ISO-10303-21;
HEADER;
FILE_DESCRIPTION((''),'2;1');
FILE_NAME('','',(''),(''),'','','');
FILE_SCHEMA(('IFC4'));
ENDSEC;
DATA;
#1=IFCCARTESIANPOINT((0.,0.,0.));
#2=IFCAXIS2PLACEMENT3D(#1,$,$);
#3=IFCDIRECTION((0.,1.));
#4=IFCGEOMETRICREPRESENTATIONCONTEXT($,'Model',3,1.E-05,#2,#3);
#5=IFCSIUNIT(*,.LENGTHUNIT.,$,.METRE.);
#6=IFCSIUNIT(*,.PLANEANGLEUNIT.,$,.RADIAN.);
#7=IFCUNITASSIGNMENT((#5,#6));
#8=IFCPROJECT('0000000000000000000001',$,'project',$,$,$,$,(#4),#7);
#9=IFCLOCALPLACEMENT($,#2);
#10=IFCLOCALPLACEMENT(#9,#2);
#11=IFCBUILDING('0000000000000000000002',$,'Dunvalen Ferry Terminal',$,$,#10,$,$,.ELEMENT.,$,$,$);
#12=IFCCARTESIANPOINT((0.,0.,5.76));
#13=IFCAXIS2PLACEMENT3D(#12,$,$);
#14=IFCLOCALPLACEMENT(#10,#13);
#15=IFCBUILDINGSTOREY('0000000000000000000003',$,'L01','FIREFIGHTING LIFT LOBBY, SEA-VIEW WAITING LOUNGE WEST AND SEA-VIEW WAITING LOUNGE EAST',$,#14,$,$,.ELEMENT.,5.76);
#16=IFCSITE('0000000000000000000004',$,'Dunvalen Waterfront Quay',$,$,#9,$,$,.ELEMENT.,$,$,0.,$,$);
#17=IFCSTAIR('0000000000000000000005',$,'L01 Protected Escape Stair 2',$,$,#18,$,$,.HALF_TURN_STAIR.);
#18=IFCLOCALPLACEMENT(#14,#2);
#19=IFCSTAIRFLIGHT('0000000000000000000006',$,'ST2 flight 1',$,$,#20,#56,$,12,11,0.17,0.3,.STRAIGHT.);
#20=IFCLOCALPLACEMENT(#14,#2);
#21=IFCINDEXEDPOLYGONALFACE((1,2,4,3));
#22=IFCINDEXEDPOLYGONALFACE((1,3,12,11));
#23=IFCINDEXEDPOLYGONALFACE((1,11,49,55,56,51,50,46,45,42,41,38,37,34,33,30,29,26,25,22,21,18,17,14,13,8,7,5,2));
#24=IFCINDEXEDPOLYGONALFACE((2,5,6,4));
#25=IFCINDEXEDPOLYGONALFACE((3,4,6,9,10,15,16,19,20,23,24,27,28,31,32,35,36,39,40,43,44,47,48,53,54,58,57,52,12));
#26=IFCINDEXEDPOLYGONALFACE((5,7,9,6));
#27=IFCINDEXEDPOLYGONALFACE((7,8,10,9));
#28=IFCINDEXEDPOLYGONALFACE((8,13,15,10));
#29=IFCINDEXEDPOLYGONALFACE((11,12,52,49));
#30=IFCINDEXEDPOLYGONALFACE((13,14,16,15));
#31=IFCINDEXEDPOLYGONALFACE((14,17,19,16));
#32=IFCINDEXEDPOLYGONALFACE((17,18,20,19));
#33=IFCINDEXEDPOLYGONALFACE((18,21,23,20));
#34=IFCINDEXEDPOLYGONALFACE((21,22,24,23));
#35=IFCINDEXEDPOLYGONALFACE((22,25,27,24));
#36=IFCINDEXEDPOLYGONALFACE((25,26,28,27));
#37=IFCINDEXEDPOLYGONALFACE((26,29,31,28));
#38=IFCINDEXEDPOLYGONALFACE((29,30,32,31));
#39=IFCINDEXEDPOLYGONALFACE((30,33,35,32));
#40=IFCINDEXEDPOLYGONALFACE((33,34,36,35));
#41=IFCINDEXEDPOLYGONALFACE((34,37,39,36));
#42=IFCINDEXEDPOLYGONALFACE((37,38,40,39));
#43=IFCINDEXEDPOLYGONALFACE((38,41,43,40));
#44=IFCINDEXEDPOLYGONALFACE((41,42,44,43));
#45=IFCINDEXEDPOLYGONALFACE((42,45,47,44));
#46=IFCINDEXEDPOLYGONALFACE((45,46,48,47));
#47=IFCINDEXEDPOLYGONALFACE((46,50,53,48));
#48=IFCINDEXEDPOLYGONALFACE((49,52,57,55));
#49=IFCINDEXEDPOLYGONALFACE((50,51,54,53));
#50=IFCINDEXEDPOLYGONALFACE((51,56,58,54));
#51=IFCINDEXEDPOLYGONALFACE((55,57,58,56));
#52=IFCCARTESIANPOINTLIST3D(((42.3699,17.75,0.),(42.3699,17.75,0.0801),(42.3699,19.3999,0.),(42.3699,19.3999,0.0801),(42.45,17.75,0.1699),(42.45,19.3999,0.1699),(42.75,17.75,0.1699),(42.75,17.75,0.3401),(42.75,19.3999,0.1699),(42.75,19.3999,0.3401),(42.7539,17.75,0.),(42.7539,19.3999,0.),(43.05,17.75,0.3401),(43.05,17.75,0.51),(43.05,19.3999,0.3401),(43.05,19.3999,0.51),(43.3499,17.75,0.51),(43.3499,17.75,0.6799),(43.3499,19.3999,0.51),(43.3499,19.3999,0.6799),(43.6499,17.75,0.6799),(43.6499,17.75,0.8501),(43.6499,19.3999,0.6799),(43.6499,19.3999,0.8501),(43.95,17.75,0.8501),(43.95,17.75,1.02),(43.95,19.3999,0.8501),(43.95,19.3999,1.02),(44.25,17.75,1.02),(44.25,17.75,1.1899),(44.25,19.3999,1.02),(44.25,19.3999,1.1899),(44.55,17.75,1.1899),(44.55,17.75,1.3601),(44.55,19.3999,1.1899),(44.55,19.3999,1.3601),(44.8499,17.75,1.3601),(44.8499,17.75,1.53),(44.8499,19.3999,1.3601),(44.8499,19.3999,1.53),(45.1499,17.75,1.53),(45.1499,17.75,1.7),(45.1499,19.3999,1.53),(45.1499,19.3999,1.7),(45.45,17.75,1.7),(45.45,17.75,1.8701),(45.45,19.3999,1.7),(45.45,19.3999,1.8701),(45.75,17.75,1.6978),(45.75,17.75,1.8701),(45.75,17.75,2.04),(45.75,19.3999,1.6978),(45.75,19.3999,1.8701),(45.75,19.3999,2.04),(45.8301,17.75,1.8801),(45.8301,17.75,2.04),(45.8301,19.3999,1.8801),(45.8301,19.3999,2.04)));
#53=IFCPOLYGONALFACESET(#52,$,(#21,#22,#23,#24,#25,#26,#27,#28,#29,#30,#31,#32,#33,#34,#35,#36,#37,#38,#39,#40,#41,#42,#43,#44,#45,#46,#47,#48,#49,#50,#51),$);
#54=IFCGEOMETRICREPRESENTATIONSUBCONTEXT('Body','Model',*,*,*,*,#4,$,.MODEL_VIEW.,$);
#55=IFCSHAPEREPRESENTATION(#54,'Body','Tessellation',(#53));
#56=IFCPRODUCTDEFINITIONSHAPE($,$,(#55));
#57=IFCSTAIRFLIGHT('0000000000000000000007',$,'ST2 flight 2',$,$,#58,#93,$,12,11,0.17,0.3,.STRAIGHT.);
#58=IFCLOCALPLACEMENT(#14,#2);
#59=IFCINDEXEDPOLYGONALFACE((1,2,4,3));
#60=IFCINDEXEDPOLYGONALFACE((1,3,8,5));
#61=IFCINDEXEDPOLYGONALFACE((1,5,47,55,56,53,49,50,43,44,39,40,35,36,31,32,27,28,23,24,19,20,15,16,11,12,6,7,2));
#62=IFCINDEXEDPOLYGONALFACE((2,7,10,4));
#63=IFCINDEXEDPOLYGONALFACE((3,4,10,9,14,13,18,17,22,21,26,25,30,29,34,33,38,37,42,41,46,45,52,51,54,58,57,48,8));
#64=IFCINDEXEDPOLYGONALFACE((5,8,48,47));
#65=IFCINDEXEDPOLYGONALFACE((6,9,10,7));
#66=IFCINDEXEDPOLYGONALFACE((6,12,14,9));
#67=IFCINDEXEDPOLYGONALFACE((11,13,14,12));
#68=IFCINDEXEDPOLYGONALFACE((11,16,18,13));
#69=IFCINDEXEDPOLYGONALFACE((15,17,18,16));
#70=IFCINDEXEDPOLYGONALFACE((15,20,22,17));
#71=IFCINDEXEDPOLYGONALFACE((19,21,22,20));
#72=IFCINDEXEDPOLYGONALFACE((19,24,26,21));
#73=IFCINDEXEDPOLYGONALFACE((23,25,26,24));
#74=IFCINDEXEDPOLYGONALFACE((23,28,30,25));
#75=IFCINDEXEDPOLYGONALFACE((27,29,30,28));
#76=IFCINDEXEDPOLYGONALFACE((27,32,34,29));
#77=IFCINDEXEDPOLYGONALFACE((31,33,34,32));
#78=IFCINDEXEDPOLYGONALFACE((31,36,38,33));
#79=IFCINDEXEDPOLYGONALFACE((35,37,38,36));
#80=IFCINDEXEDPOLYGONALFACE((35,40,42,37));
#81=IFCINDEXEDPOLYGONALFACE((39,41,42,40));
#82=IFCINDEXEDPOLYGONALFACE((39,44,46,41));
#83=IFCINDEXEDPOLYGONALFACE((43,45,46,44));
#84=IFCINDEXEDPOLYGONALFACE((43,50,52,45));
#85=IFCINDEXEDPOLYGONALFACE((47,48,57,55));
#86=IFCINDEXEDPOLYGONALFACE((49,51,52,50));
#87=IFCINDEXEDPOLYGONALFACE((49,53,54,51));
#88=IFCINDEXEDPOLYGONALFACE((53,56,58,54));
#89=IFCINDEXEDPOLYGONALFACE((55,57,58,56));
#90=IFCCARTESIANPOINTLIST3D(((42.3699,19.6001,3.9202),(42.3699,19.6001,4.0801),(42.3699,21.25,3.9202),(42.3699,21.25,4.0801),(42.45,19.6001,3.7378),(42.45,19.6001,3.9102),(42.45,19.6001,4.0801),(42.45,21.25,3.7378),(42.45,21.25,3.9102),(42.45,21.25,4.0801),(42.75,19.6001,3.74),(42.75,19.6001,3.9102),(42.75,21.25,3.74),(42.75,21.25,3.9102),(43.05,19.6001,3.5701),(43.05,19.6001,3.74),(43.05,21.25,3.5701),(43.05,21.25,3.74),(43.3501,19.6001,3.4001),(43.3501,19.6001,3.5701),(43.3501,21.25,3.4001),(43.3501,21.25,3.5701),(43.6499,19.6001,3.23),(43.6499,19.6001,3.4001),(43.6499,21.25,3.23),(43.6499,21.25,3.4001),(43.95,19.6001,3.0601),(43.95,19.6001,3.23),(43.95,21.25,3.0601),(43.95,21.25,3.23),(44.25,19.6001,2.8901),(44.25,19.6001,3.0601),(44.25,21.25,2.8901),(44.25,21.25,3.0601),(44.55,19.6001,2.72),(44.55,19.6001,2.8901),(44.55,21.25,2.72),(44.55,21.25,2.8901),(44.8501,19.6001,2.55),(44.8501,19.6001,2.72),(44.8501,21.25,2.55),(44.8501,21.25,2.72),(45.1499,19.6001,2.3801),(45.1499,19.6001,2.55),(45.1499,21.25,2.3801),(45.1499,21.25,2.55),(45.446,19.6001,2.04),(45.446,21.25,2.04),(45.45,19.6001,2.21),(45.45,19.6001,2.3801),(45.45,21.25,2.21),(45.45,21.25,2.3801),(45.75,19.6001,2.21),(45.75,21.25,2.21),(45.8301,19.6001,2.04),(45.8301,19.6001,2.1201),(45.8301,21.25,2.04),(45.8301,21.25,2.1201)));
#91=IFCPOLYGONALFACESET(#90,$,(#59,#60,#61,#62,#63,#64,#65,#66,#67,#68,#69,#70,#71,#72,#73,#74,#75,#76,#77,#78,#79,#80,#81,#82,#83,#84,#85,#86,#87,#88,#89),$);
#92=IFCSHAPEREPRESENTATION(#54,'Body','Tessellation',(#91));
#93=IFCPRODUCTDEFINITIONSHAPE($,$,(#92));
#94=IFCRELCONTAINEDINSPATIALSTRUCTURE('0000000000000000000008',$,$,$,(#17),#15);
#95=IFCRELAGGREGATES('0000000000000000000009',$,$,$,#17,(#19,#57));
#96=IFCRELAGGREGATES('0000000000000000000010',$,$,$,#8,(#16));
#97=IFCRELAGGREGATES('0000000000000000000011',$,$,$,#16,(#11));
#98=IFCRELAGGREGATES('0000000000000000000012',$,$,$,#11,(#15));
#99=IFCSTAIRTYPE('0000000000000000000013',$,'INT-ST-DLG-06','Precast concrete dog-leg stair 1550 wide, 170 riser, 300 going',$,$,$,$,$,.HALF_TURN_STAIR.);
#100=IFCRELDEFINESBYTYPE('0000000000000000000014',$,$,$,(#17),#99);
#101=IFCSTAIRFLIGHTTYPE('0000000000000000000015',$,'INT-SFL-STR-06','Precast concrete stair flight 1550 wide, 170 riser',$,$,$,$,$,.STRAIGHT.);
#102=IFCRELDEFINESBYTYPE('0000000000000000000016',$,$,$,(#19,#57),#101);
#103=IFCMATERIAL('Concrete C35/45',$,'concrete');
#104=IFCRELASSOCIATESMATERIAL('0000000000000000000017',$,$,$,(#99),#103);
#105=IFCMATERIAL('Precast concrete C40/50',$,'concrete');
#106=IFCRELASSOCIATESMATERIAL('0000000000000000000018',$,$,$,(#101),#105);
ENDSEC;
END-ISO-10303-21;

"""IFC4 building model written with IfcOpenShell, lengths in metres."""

from ifc_helpers import new_model, si_unit, direction, frame, origin, place, context, subcontext, project, spatial, polyline, outline, extrude, material, type_object, element, aggregate, save


model = new_model("IFC4")

# Units and contexts
model_context = context("Model", 3, precision=1e-05, world=origin(), true_north=direction((0.0, 1.0)))
body_context = subcontext(model_context, "Body", "Model", "MODEL_VIEW")
ifc_project = project(units=[si_unit("LENGTHUNIT", "METRE"), si_unit("PLANEANGLEUNIT", "RADIAN")], contexts=[model_context])

# Site, building, storey
site_placement = place(None, origin())
site = spatial("IfcSite", under=ifc_project, at=site_placement, Name="Dunvalen Waterfront Quay", CompositionType="ELEMENT", RefElevation=0.0)
building_placement = place(site_placement, origin())
building = spatial("IfcBuilding", under=site, at=building_placement, Name="Dunvalen Ferry Terminal", CompositionType="ELEMENT")
storey_placement = place(building_placement, frame((0.0, 0.0, 5.76)))
storey = spatial("IfcBuildingStorey", under=building, at=storey_placement, Name="L01", Description="FIREFIGHTING LIFT LOBBY, SEA-VIEW WAITING LOUNGE WEST AND SEA-VIEW WAITING LOUNGE EAST", CompositionType="ELEMENT", Elevation=5.76)

# Shared definitions
ifc_material_1 = material(Name="Concrete C35/45", Category="concrete")

# Stair, stair flights
stair_type = type_object("IfcStairType", Name="INT-ST-DLG-06", Description="Precast concrete dog-leg stair 1550 wide, 170 riser, 300 going", PredefinedType="HALF_TURN_STAIR", material=ifc_material_1)
stair_placement = place(storey_placement, origin())
stair = element("IfcStair", 1, at=stair_placement, inside=storey, type_object=stair_type, Name="L01 Protected Escape Stair 2", PredefinedType="HALF_TURN_STAIR")
ifc_material_2 = material(Name="Precast concrete C40/50", Category="concrete")
stair_flight_type = type_object("IfcStairFlightType", Name="INT-SFL-STR-06", Description="Precast concrete stair flight 1550 wide, 170 riser", PredefinedType="STRAIGHT", material=ifc_material_2)
stair_flight_1_placement = place(storey_placement, frame((42.45, 18.575, 0.0), z_axis=(0.0, 0.0, 1.0), x_axis=(1.0, 0.0, 0.0)))
stair_flight_1 = element("IfcStairFlight", 2, at=stair_flight_1_placement, type_object=stair_flight_type, Name="ST2 flight 1", NumberOfRisers=12, NumberOfTreads=11, PredefinedType="STRAIGHT", RiserHeight=0.17, TreadLength=0.3, context=body_context, shape_type="SweptSolid", body=[
    extrude(outline(polyline([(-0.0801, 0.0), (-0.0801, 0.0801), (0.0, 0.1699), (0.3, 0.1699), (0.3, 0.3401), (0.6001, 0.3401), (0.6001, 0.51), (0.8999, 0.51), (0.8999, 0.6799), (1.2, 0.6799), (1.2, 0.8501), (1.5, 0.8501), (1.5, 1.02), (1.8, 1.02), (1.8, 1.1899), (2.1001, 1.1899), (2.1001, 1.3601), (2.3999, 1.3601), (2.3999, 1.53), (2.7, 1.53), (2.7, 1.7), (3.0, 1.7), (3.0, 1.8701), (3.3, 1.8701), (3.3, 2.04), (3.3801, 2.04), (3.3801, 1.8801), (3.3, 1.6978), (0.304, 0.0), (-0.0801, 0.0)])), frame((0.0, 0.825, 0.0), z_axis=(0.0, -1.0, 0.0), x_axis=(1.0, 0.0, 0.0)), (0.0, 0.0, 1.0), 1.6499),
])
stair_flight_2_placement = place(storey_placement, frame((45.75, 20.425, 2.04), z_axis=(0.0, 0.0, 1.0), x_axis=(-1.0, 0.0, 0.0)))
stair_flight_2 = element("IfcStairFlight", 3, at=stair_flight_2_placement, type_object=stair_flight_type, Name="ST2 flight 2", NumberOfRisers=12, NumberOfTreads=11, PredefinedType="STRAIGHT", RiserHeight=0.17, TreadLength=0.3, context=body_context, shape_type="SweptSolid", body=[
    extrude(outline(polyline([(-0.0801, 0.0), (-0.0801, 0.0801), (0.0, 0.1699), (0.3, 0.1699), (0.3, 0.3401), (0.6001, 0.3401), (0.6001, 0.51), (0.8999, 0.51), (0.8999, 0.6799), (1.2, 0.6799), (1.2, 0.8501), (1.5, 0.8501), (1.5, 1.02), (1.8, 1.02), (1.8, 1.1899), (2.1001, 1.1899), (2.1001, 1.3601), (2.3999, 1.3601), (2.3999, 1.53), (2.7, 1.53), (2.7, 1.7), (3.0, 1.7), (3.0, 1.8701), (3.3, 1.8701), (3.3, 2.04), (3.3801, 2.04), (3.3801, 1.8801), (3.3, 1.6978), (0.304, 0.0), (-0.0801, 0.0)])), frame((0.0, 0.825, 0.0), z_axis=(0.0, -1.0, 0.0), x_axis=(1.0, 0.0, 0.0)), (0.0, 0.0, 1.0), 1.6499),
])
aggregate(stair, [stair_flight_1, stair_flight_2])

save(model, "model.ifc")
